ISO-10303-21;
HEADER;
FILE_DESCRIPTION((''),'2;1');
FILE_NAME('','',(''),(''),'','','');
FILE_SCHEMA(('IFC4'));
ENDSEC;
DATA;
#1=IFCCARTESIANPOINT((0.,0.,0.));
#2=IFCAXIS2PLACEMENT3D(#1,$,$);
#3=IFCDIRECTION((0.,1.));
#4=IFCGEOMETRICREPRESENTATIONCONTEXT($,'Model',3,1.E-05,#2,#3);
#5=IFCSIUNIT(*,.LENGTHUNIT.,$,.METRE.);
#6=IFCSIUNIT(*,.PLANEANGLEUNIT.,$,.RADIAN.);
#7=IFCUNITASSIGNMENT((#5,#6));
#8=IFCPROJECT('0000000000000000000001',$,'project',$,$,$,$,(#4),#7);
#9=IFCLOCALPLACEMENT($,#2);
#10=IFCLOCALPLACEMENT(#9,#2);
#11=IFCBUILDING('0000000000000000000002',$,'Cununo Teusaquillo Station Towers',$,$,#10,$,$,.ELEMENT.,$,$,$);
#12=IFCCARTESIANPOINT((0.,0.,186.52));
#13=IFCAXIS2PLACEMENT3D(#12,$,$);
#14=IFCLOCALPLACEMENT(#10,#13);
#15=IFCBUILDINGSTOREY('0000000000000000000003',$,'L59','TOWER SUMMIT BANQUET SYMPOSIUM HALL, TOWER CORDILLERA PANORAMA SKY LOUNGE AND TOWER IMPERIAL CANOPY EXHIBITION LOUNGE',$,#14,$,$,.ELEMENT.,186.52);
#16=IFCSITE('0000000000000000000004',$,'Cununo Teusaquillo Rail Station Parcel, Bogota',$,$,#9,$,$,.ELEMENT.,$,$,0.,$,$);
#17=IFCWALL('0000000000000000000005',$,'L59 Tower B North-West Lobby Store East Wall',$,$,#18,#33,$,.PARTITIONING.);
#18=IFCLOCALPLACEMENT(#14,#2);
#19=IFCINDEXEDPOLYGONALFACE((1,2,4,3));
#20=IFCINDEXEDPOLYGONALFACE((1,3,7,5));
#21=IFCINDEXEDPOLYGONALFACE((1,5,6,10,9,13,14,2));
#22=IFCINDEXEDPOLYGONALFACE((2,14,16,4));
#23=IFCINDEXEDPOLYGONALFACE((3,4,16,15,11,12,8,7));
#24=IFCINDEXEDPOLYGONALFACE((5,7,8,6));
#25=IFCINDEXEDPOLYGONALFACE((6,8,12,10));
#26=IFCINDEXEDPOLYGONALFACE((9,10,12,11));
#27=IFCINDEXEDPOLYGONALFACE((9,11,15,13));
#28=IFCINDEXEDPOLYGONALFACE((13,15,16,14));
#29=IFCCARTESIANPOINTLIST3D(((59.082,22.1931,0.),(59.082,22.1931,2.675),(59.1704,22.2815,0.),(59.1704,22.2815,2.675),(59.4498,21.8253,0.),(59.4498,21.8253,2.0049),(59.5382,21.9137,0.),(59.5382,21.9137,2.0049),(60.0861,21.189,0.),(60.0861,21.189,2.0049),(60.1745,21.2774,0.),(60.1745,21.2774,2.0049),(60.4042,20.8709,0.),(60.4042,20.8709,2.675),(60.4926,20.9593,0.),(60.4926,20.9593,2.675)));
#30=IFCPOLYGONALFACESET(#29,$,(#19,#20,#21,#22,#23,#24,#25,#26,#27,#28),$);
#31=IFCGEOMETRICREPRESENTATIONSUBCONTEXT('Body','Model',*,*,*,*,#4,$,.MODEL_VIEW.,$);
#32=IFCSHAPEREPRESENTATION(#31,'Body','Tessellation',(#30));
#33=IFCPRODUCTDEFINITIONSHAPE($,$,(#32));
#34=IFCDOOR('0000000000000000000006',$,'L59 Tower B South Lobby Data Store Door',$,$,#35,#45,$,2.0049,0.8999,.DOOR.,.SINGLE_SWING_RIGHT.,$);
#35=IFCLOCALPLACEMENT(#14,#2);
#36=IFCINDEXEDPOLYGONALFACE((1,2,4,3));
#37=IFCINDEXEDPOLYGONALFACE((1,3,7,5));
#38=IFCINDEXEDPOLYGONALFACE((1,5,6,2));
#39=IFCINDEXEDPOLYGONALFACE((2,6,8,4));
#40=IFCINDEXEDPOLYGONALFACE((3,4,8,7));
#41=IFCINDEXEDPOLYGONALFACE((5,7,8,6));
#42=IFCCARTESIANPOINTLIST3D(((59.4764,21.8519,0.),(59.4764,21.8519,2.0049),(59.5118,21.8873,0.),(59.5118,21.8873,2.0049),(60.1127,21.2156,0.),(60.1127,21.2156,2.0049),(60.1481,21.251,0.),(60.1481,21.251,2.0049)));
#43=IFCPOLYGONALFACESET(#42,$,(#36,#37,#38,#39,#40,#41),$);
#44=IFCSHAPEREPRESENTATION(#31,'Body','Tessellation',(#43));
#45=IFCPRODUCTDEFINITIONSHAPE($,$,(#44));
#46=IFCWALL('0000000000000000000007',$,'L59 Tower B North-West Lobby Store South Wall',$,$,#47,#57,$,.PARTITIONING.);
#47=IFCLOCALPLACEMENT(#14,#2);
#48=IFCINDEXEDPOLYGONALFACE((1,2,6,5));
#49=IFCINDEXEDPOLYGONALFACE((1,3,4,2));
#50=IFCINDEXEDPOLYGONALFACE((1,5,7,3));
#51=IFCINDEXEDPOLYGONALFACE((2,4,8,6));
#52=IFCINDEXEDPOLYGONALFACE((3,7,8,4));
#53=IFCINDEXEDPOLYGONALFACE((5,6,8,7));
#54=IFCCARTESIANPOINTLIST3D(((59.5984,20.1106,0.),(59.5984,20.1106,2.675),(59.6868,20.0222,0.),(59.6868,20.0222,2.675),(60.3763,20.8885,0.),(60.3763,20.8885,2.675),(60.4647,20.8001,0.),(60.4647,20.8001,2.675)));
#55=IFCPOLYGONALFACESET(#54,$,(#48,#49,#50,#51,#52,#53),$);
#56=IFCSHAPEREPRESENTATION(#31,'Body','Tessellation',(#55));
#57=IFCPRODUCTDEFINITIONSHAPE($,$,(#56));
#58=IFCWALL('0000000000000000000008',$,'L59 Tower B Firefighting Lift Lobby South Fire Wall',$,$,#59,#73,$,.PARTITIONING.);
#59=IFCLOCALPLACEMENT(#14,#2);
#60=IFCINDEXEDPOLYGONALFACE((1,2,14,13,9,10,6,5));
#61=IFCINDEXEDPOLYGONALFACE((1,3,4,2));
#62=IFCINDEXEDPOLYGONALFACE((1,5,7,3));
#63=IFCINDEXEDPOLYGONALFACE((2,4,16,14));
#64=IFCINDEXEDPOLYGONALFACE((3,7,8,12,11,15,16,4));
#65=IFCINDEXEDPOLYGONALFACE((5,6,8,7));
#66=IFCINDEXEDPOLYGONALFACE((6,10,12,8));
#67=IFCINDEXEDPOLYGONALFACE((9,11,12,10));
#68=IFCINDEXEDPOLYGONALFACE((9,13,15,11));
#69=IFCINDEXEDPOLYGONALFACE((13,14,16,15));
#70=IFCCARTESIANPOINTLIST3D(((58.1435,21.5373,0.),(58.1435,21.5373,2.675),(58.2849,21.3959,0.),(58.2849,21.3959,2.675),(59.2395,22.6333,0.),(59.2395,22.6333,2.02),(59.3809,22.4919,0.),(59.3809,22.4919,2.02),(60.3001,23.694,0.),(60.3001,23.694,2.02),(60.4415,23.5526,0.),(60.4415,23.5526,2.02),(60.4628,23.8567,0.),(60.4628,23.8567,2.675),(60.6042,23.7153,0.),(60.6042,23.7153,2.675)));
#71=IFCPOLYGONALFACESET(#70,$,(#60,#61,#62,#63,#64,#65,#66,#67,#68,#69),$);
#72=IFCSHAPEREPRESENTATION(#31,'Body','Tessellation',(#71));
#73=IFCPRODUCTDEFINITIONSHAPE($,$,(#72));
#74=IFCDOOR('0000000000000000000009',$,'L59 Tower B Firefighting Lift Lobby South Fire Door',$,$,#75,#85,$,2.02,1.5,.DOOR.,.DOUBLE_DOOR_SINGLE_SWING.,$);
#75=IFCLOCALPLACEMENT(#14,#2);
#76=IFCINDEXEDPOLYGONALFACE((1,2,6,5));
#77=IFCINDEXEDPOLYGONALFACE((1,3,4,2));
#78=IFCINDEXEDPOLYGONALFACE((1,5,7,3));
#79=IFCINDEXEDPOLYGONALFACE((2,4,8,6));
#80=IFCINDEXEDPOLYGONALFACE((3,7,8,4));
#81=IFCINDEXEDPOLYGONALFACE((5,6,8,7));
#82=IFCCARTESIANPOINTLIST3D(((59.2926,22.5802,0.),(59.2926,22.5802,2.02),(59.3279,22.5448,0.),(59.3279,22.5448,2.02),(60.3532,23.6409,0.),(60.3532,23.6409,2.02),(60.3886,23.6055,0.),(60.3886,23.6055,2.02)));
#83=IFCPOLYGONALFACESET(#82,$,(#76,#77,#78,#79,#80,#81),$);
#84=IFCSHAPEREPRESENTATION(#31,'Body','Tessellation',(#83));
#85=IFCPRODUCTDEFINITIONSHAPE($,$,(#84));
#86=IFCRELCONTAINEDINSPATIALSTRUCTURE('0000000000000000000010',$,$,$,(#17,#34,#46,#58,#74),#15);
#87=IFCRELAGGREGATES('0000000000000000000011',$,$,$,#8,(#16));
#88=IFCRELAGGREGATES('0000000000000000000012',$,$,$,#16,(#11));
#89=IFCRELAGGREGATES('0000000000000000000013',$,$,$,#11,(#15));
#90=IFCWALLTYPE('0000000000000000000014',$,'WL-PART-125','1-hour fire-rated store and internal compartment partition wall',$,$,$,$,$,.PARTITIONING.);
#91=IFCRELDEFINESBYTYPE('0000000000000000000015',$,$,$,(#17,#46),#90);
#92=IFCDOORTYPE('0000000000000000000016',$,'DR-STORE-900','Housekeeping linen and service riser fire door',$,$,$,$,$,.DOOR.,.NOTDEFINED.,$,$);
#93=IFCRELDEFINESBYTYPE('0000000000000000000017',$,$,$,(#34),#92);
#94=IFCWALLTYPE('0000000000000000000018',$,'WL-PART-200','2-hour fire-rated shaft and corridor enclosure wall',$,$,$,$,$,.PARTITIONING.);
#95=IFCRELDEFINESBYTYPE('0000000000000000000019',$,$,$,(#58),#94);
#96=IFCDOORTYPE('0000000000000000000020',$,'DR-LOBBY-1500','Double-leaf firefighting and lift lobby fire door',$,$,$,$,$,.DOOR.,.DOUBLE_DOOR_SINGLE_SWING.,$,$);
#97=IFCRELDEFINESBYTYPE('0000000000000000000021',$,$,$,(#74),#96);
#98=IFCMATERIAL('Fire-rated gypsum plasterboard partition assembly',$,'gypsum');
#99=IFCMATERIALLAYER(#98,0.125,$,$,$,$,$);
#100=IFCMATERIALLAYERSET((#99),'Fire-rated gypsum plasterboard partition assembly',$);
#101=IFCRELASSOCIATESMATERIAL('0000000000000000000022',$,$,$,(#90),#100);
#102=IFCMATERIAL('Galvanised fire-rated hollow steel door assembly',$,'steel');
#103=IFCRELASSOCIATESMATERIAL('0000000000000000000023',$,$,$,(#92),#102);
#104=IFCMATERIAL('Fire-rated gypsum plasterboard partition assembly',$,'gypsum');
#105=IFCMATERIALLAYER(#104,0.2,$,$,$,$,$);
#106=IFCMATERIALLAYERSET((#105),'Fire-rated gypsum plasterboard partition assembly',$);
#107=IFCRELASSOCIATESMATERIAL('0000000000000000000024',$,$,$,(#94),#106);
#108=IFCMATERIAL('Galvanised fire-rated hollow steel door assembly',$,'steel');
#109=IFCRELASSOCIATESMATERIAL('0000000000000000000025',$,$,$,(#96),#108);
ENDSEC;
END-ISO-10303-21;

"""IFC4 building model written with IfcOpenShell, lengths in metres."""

from ifc_helpers import new_model, si_unit, direction, frame, frame_2d, origin, place, context, subcontext, project, spatial, rectangle, extrude, source, transform, mapped, material, layer, layer_set, type_object, element, fill, save


model = new_model("IFC4")

# Units and contexts
model_context = context("Model", 3, precision=1e-05, world=origin(), true_north=direction((0.0, 1.0)))
body_context = subcontext(model_context, "Body", "Model", "MODEL_VIEW")
ifc_project = project(units=[si_unit("LENGTHUNIT", "METRE"), si_unit("PLANEANGLEUNIT", "RADIAN")], contexts=[model_context])

# Site, building, storey
site_placement = place(None, origin())
site = spatial("IfcSite", under=ifc_project, at=site_placement, Name="Cununo Teusaquillo Rail Station Parcel, Bogota", CompositionType="ELEMENT", RefElevation=0.0)
building_placement = place(site_placement, origin())
building = spatial("IfcBuilding", under=site, at=building_placement, Name="Cununo Teusaquillo Station Towers", CompositionType="ELEMENT")
storey_placement = place(building_placement, frame((0.0, 0.0, 186.52)))
storey = spatial("IfcBuildingStorey", under=building, at=storey_placement, Name="L59", Description="TOWER SUMMIT BANQUET SYMPOSIUM HALL, TOWER CORDILLERA PANORAMA SKY LOUNGE AND TOWER IMPERIAL CANOPY EXHIBITION LOUNGE", CompositionType="ELEMENT", Elevation=186.52)

# Wall, opening, door
ifc_material_1 = material(Name="Fire-rated gypsum plasterboard partition assembly", Category="gypsum")
ifc_layer_1 = layer(ifc_material_1, 0.125)
ifc_layer_set_1 = layer_set([ifc_layer_1], Name="Fire-rated gypsum plasterboard partition assembly")
wall_type_1 = type_object("IfcWallType", Name="WL-PART-125", Description="1-hour fire-rated store and internal compartment partition wall", PredefinedType="PARTITIONING", material=ifc_layer_set_1)
wall_1_placement = place(storey_placement, frame((60.4485, 20.915, 0.0), z_axis=(0.0, 0.0, 1.0), x_axis=(-0.707107, 0.707107, 0.0)))
wall_1 = element("IfcWall", 1, at=wall_1_placement, inside=storey, type_object=wall_type_1, Name="L59 Tower B North-West Lobby Store East Wall", PredefinedType="PARTITIONING", context=body_context, shape_type="SweptSolid", body=[
    extrude(rectangle(XDim=1.8699, YDim=0.125, at=frame_2d((0.9351, 0.0))), origin(), (0.0, 0.0, 1.0), 2.675),
])
shared_shape_1 = source(origin(), body_context, "Body", "SweptSolid", [
    extrude(rectangle(XDim=0.8999, YDim=2.0049, at=frame_2d((0.45, 1.0024))), frame((0.0, 0.0725, 0.0), z_axis=(0.0, -1.0, 0.0), x_axis=(1.0, 0.0, 0.0)), (0.0, 0.0, 1.0), 0.145),
])
opening_1_placement = place(wall_1_placement, frame((0.45, 0.0, 0.0)))
opening_1 = element("IfcOpeningElement", 2, at=opening_1_placement, cuts=wall_1, PredefinedType="OPENING", context=body_context, shape_type="MappedRepresentation", body=[
    mapped(shared_shape_1, transform((0.0, 0.0, 0.0), x_axis=(1.0, 0.0, 0.0), y_axis=(0.0, 1.0, 0.0), z_axis=(0.0, 0.0, 1.0), scale=1.0)),
])
ifc_material_2 = material(Name="Galvanised fire-rated hollow steel door assembly", Category="steel")
door_type_1 = type_object("IfcDoorType", Name="DR-STORE-900", Description="Housekeeping linen and service riser fire door", OperationType="NOTDEFINED", PredefinedType="DOOR", material=ifc_material_2)
shared_shape_2 = source(origin(), body_context, "Body", "SweptSolid", [
    extrude(rectangle(XDim=0.8999, YDim=2.0049, at=frame_2d((0.45, 1.0024))), frame((0.0, 0.0249, 0.0), z_axis=(0.0, -1.0, 0.0), x_axis=(1.0, 0.0, 0.0)), (0.0, 0.0, 1.0), 0.05),
])
door_1_placement = place(opening_1_placement, origin())
door_1 = element("IfcDoor", 3, at=door_1_placement, inside=storey, type_object=door_type_1, Name="L59 Tower B South Lobby Data Store Door", OperationType="SINGLE_SWING_RIGHT", OverallHeight=2.0049, OverallWidth=0.8999, PredefinedType="DOOR", context=body_context, shape_type="MappedRepresentation", body=[
    mapped(shared_shape_2, transform((0.0, 0.0, 0.0), x_axis=(1.0, 0.0, 0.0), y_axis=(0.0, 1.0, 0.0), z_axis=(0.0, 0.0, 1.0), scale=1.0)),
])
fill(opening_1, door_1)

# Wall
wall_2_placement = place(storey_placement, frame((59.6426, 20.0664, 0.0), z_axis=(0.0, 0.0, 1.0), x_axis=(0.707107, 0.707107, 0.0)))
element("IfcWall", 4, at=wall_2_placement, inside=storey, type_object=wall_type_1, Name="L59 Tower B North-West Lobby Store South Wall", PredefinedType="PARTITIONING", context=body_context, shape_type="SweptSolid", body=[
    extrude(rectangle(XDim=1.1001, YDim=0.125, at=frame_2d((0.55, 0.0))), origin(), (0.0, 0.0, 1.0), 2.675),
])

# Wall, opening, door
ifc_material_3 = material(Name="Fire-rated gypsum plasterboard partition assembly", Category="gypsum")
ifc_layer_2 = layer(ifc_material_3, 0.2)
ifc_layer_set_2 = layer_set([ifc_layer_2], Name="Fire-rated gypsum plasterboard partition assembly")
wall_type_2 = type_object("IfcWallType", Name="WL-PART-200", Description="2-hour fire-rated shaft and corridor enclosure wall", PredefinedType="PARTITIONING", material=ifc_layer_set_2)
wall_3_placement = place(storey_placement, frame((58.2141, 21.4666, 0.0), z_axis=(0.0, 0.0, 1.0), x_axis=(0.707107, 0.707107, 0.0)))
wall_3 = element("IfcWall", 5, at=wall_3_placement, inside=storey, type_object=wall_type_2, Name="L59 Tower B Firefighting Lift Lobby South Fire Wall", PredefinedType="PARTITIONING", context=body_context, shape_type="SweptSolid", body=[
    extrude(rectangle(XDim=3.28, YDim=0.2, at=frame_2d((1.6401, 0.0))), origin(), (0.0, 0.0, 1.0), 2.675),
])
shared_shape_3 = source(origin(), body_context, "Body", "SweptSolid", [
    extrude(rectangle(XDim=1.5, YDim=2.02, at=frame_2d((0.75, 1.01))), frame((0.0, 0.1099, 0.0), z_axis=(0.0, -1.0, 0.0), x_axis=(1.0, 0.0, 0.0)), (0.0, 0.0, 1.0), 0.22),
])
opening_2_placement = place(wall_3_placement, frame((1.55, 0.0, 0.0)))
opening_2 = element("IfcOpeningElement", 6, at=opening_2_placement, cuts=wall_3, PredefinedType="OPENING", context=body_context, shape_type="MappedRepresentation", body=[
    mapped(shared_shape_3, transform((0.0, 0.0, 0.0), x_axis=(1.0, 0.0, 0.0), y_axis=(0.0, 1.0, 0.0), z_axis=(0.0, 0.0, 1.0), scale=1.0)),
])
ifc_material_4 = material(Name="Galvanised fire-rated hollow steel door assembly", Category="steel")
door_type_2 = type_object("IfcDoorType", Name="DR-LOBBY-1500", Description="Double-leaf firefighting and lift lobby fire door", OperationType="DOUBLE_DOOR_SINGLE_SWING", PredefinedType="DOOR", material=ifc_material_4)
shared_shape_4 = source(origin(), body_context, "Body", "SweptSolid", [
    extrude(rectangle(XDim=1.5, YDim=2.02, at=frame_2d((0.75, 1.01))), frame((0.0, 0.0249, 0.0), z_axis=(0.0, -1.0, 0.0), x_axis=(1.0, 0.0, 0.0)), (0.0, 0.0, 1.0), 0.05),
])
door_2_placement = place(opening_2_placement, origin())
door_2 = element("IfcDoor", 7, at=door_2_placement, inside=storey, type_object=door_type_2, Name="L59 Tower B Firefighting Lift Lobby South Fire Door", OperationType="DOUBLE_DOOR_SINGLE_SWING", OverallHeight=2.02, OverallWidth=1.5, PredefinedType="DOOR", context=body_context, shape_type="MappedRepresentation", body=[
    mapped(shared_shape_4, transform((0.0, 0.0, 0.0), x_axis=(1.0, 0.0, 0.0), y_axis=(0.0, 1.0, 0.0), z_axis=(0.0, 0.0, 1.0), scale=1.0)),
])
fill(opening_2, door_2)

save(model, "model.ifc")
